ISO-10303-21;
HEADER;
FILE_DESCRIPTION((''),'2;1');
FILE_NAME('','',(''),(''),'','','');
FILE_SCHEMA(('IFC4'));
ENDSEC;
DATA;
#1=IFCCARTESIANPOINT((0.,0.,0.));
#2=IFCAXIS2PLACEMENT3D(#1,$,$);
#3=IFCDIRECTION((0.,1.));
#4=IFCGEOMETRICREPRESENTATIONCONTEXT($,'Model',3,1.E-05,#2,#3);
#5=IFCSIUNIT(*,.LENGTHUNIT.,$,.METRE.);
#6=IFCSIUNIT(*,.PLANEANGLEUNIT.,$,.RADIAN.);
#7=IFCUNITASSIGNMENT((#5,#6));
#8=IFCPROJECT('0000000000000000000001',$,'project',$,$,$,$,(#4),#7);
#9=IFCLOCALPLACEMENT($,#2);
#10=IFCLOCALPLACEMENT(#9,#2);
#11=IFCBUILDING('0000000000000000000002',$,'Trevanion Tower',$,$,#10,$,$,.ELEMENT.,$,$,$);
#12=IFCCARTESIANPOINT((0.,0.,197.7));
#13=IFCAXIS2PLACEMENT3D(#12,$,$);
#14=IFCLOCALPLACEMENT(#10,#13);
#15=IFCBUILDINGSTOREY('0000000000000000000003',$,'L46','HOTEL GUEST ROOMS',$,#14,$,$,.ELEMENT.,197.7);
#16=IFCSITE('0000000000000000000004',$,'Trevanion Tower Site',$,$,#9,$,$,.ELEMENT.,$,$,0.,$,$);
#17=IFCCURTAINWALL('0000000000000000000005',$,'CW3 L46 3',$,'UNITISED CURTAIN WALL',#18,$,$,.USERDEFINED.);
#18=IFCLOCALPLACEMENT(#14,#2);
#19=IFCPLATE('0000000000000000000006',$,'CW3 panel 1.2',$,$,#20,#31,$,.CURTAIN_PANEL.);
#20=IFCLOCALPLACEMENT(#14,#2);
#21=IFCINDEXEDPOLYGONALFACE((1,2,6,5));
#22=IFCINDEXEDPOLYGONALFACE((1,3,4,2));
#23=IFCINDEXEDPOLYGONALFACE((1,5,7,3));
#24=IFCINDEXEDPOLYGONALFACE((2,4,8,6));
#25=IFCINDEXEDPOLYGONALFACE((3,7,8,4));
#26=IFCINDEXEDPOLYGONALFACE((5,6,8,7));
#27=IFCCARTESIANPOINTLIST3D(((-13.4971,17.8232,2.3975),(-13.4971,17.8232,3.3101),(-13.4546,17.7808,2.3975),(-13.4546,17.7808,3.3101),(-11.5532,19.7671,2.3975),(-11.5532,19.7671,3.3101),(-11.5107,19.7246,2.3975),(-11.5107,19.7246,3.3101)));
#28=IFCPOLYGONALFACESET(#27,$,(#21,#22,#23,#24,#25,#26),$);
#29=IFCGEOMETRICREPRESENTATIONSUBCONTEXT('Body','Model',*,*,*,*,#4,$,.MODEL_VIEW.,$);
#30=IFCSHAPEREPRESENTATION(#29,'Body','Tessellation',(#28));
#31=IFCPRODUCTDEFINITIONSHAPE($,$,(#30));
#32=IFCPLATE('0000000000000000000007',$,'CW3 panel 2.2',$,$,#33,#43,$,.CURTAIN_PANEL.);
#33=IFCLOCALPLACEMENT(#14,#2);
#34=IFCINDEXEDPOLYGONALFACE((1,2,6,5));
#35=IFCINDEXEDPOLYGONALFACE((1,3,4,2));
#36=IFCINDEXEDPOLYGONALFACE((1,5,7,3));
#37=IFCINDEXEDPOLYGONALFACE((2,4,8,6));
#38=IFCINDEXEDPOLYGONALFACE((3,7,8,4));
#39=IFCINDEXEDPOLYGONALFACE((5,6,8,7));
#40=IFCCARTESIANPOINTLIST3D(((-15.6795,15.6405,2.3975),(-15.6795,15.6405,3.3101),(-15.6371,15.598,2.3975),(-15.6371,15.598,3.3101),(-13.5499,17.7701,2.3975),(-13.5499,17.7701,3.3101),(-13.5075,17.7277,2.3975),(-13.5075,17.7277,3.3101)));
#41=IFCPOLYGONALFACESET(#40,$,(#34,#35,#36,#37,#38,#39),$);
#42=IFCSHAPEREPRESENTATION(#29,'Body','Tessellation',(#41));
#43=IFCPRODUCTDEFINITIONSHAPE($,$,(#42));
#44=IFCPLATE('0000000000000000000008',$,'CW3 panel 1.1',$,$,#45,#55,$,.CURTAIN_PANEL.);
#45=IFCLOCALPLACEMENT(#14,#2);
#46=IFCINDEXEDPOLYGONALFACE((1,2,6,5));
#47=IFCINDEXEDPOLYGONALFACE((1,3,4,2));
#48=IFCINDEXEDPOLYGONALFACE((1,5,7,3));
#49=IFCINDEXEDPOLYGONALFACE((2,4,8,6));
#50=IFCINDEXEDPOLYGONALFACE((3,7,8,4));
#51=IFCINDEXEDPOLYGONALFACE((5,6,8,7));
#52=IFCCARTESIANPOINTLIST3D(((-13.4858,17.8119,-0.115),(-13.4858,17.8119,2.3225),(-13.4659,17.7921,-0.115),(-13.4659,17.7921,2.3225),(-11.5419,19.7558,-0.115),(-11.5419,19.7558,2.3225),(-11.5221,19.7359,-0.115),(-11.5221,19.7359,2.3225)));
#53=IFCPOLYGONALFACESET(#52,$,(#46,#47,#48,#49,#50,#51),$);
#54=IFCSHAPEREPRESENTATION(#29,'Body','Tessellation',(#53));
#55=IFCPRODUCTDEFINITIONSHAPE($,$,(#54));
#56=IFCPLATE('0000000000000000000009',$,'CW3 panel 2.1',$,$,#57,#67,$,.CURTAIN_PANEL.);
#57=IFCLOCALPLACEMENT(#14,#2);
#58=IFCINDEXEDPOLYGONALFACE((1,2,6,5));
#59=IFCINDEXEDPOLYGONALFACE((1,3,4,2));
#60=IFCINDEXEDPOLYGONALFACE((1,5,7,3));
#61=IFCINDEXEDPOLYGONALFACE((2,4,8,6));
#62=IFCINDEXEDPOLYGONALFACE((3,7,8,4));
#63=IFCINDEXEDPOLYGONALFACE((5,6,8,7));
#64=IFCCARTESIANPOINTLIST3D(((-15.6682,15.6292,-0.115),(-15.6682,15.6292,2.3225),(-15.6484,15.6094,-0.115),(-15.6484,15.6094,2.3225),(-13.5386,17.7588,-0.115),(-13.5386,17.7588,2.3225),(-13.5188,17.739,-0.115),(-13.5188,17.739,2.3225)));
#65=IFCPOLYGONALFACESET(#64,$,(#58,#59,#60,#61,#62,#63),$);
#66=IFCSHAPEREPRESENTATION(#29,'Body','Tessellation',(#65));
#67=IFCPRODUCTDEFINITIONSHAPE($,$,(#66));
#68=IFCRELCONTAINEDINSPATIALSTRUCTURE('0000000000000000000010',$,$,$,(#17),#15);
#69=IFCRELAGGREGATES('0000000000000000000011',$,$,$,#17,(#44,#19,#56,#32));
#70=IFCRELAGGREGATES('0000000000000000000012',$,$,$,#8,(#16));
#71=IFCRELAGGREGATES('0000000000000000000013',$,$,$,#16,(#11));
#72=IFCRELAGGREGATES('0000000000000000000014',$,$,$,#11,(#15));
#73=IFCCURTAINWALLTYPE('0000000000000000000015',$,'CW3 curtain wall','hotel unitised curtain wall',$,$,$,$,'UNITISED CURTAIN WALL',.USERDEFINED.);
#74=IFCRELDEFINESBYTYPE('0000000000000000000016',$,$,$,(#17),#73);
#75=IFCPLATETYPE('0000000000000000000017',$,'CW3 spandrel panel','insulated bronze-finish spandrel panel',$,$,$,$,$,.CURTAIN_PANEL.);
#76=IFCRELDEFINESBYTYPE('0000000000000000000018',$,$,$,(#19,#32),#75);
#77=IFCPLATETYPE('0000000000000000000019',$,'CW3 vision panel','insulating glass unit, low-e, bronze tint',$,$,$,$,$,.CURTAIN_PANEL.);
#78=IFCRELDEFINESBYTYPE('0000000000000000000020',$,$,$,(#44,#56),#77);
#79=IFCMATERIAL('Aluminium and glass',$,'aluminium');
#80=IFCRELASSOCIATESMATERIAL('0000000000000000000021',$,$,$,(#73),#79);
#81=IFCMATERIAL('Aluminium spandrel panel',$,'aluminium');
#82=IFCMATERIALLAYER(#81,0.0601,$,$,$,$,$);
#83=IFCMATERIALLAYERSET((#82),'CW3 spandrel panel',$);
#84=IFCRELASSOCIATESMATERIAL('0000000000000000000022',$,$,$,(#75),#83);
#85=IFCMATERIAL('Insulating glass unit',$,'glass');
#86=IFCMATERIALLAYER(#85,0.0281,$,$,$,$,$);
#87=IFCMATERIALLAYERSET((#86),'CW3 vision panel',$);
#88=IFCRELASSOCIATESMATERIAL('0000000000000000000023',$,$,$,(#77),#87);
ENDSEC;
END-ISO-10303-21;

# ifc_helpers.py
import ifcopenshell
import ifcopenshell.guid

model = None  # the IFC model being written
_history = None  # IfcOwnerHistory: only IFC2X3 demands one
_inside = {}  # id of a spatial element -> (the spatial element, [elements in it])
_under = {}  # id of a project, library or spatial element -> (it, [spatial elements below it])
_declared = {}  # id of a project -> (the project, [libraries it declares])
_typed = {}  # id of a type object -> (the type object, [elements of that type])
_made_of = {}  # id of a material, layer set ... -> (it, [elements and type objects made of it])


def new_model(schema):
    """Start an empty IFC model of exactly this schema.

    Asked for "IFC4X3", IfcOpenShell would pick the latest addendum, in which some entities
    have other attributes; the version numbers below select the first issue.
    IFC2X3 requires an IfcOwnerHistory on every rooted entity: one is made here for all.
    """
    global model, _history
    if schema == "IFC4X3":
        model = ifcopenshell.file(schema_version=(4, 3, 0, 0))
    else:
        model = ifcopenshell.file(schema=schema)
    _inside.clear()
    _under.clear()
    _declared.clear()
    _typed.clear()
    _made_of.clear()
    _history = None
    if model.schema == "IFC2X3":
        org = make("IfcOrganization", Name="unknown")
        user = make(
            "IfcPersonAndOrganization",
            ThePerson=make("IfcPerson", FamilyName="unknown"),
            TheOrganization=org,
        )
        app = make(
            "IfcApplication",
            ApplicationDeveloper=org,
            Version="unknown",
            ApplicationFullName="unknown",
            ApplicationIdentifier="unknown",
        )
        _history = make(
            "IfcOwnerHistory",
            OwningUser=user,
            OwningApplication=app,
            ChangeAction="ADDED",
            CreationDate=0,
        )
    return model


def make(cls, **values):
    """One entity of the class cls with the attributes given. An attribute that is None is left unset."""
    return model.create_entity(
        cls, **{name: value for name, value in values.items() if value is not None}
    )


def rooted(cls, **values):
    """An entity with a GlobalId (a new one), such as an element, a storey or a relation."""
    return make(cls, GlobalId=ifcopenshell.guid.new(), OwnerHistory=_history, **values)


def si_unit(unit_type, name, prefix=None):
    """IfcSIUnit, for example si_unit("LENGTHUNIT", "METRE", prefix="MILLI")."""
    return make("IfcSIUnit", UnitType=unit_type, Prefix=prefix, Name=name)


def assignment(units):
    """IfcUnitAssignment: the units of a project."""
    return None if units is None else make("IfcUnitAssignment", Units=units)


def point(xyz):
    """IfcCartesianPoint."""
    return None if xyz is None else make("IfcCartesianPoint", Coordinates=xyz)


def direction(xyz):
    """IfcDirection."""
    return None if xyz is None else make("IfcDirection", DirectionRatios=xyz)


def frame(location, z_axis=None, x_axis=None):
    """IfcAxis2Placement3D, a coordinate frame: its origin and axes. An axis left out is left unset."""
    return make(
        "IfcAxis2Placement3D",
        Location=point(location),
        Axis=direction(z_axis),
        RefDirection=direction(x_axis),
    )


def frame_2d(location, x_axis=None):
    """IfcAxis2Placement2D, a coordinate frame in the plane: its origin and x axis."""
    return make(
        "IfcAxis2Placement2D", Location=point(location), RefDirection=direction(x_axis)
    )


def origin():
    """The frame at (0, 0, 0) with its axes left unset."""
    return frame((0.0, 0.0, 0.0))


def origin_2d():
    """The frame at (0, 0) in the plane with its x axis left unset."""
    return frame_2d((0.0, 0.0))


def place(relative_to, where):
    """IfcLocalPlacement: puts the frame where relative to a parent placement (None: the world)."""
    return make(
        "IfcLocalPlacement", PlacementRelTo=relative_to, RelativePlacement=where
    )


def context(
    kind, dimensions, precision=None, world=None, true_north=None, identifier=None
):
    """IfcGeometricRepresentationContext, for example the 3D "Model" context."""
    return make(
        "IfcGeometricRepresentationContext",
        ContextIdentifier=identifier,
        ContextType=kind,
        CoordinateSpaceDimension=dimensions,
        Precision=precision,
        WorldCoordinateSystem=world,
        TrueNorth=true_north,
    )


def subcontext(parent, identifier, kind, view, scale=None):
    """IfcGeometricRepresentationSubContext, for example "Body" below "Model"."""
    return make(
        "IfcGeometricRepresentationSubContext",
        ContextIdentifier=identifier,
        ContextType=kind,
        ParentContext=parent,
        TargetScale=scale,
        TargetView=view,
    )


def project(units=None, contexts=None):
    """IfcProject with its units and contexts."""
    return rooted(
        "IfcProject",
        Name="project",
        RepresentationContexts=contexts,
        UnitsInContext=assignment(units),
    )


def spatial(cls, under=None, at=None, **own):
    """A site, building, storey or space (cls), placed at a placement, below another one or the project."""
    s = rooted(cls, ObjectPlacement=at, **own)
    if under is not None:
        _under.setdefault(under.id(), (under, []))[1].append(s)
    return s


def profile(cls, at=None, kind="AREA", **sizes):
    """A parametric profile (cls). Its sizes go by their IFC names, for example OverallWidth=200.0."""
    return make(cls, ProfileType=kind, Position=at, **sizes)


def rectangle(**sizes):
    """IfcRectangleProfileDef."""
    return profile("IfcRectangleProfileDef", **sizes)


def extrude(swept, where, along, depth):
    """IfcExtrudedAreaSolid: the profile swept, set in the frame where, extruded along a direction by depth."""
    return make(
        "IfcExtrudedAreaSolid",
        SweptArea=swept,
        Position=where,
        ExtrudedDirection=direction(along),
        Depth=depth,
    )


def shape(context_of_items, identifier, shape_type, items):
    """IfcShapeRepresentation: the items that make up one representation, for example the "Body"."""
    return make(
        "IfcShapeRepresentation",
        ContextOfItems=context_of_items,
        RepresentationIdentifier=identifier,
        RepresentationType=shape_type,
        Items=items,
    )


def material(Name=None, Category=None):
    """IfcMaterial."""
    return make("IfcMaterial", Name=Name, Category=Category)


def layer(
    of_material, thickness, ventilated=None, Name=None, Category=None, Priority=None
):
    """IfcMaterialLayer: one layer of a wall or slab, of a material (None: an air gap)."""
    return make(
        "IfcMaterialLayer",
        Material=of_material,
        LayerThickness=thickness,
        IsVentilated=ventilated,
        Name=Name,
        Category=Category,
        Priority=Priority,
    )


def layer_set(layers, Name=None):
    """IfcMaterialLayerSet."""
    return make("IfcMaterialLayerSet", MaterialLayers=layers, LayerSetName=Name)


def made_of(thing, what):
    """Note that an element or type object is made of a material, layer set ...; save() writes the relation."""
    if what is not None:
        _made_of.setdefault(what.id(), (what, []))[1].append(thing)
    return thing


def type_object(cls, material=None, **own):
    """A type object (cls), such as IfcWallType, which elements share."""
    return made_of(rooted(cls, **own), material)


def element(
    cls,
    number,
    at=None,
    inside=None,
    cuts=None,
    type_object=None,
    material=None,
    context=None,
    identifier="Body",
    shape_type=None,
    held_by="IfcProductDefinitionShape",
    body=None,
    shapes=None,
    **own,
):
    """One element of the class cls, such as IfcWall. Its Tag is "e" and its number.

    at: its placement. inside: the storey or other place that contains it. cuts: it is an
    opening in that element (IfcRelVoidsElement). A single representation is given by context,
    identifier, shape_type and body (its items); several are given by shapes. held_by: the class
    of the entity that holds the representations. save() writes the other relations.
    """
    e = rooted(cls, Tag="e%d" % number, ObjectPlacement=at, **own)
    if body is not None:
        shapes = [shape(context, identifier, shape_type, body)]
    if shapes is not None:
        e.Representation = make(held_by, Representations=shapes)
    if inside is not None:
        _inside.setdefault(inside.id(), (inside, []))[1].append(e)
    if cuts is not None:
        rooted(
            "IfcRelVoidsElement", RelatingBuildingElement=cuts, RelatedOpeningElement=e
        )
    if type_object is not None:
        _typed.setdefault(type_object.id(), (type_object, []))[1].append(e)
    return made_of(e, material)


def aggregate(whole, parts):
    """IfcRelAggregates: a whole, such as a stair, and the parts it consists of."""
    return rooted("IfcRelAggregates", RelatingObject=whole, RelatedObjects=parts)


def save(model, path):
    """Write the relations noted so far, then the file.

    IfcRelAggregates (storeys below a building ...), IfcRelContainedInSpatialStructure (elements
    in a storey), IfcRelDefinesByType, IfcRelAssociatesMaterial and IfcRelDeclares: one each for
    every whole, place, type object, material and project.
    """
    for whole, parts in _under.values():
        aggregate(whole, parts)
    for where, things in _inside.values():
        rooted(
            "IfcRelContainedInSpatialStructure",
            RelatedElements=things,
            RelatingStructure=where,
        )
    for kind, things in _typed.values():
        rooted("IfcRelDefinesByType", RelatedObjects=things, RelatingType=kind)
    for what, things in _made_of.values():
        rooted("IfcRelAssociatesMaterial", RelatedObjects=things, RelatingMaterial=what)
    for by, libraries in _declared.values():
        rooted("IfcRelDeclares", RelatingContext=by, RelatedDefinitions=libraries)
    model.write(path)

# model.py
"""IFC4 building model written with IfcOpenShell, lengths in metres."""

from ifc_helpers import new_model, si_unit, direction, frame, origin, origin_2d, place, context, subcontext, project, spatial, rectangle, extrude, material, layer, layer_set, type_object, element, aggregate, save


model = new_model("IFC4")

# Units and contexts
model_context = context("Model", 3, precision=1e-05, world=origin(), true_north=direction((0.0, 1.0)))
body_context = subcontext(model_context, "Body", "Model", "MODEL_VIEW")
ifc_project = project(units=[si_unit("LENGTHUNIT", "METRE"), si_unit("PLANEANGLEUNIT", "RADIAN")], contexts=[model_context])

# Site, building, storey
site_placement = place(None, origin())
site = spatial("IfcSite", under=ifc_project, at=site_placement, Name="Trevanion Tower Site", CompositionType="ELEMENT", RefElevation=0.0)
building_placement = place(site_placement, origin())
building = spatial("IfcBuilding", under=site, at=building_placement, Name="Trevanion Tower", CompositionType="ELEMENT")
storey_placement = place(building_placement, frame((0.0, 0.0, 197.7)))
storey = spatial("IfcBuildingStorey", under=building, at=storey_placement, Name="L46", Description="HOTEL GUEST ROOMS", CompositionType="ELEMENT", Elevation=197.7)

# Curtain wall
ifc_material_1 = material(Name="Aluminium and glass", Category="aluminium")
curtain_wall_type = type_object("IfcCurtainWallType", Name="CW3 curtain wall", Description="hotel unitised curtain wall", ElementType="UNITISED CURTAIN WALL", PredefinedType="USERDEFINED", material=ifc_material_1)
curtain_wall_1_placement = place(storey_placement, origin())
curtain_wall_1 = element("IfcCurtainWall", 1, at=curtain_wall_1_placement, inside=storey, type_object=curtain_wall_type, Name="CW3 L46 3", ObjectType="UNITISED CURTAIN WALL", PredefinedType="USERDEFINED")

# Plates
ifc_material_2 = material(Name="Aluminium spandrel panel", Category="aluminium")
ifc_layer_1 = layer(ifc_material_2, 0.0601)
ifc_layer_set_1 = layer_set([ifc_layer_1], Name="CW3 spandrel panel")
plate_type_1 = type_object("IfcPlateType", Name="CW3 spandrel panel", Description="insulated bronze-finish spandrel panel", PredefinedType="CURTAIN_PANEL", material=ifc_layer_set_1)
plate_1_placement = place(storey_placement, frame((-12.5039, 18.7739, 2.3975), z_axis=(0.0, 0.0, 1.0), x_axis=(-0.707107, -0.707107, 0.0)))
plate_1 = element("IfcPlate", 2, at=plate_1_placement, type_object=plate_type_1, Name="CW3 panel 1.2", PredefinedType="CURTAIN_PANEL", context=body_context, shape_type="SweptSolid", body=[
    extrude(rectangle(XDim=2.749, YDim=0.0601, at=origin_2d()), origin(), (0.0, 0.0, 1.0), 0.9126),
])
plate_2_placement = place(storey_placement, frame((-14.5935, 16.6841, 2.3975), z_axis=(0.0, 0.0, 1.0), x_axis=(-0.707107, -0.707107, 0.0)))
plate_2 = element("IfcPlate", 3, at=plate_2_placement, type_object=plate_type_1, Name="CW3 panel 2.2", PredefinedType="CURTAIN_PANEL", context=body_context, shape_type="SweptSolid", body=[
    extrude(rectangle(XDim=3.0117, YDim=0.0601, at=origin_2d()), origin(), (0.0, 0.0, 1.0), 0.9126),
])
ifc_material_3 = material(Name="Insulating glass unit", Category="glass")
ifc_layer_2 = layer(ifc_material_3, 0.0281)
ifc_layer_set_2 = layer_set([ifc_layer_2], Name="CW3 vision panel")
plate_type_2 = type_object("IfcPlateType", Name="CW3 vision panel", Description="insulating glass unit, low-e, bronze tint", PredefinedType="CURTAIN_PANEL", material=ifc_layer_set_2)
plate_3_placement = place(storey_placement, frame((-12.5039, 18.7739, -0.115), z_axis=(0.0, 0.0, 1.0), x_axis=(-0.707107, -0.707107, 0.0)))
plate_3 = element("IfcPlate", 4, at=plate_3_placement, type_object=plate_type_2, Name="CW3 panel 1.1", PredefinedType="CURTAIN_PANEL", context=body_context, shape_type="SweptSolid", body=[
    extrude(rectangle(XDim=2.749, YDim=0.0281, at=origin_2d()), origin(), (0.0, 0.0, 1.0), 2.4375),
])
plate_4_placement = place(storey_placement, frame((-14.5935, 16.6841, -0.115), z_axis=(0.0, 0.0, 1.0), x_axis=(-0.707107, -0.707107, 0.0)))
plate_4 = element("IfcPlate", 5, at=plate_4_placement, type_object=plate_type_2, Name="CW3 panel 2.1", PredefinedType="CURTAIN_PANEL", context=body_context, shape_type="SweptSolid", body=[
    extrude(rectangle(XDim=3.0117, YDim=0.0281, at=origin_2d()), origin(), (0.0, 0.0, 1.0), 2.4375),
])
aggregate(curtain_wall_1, [plate_3, plate_1, plate_4, plate_2])

save(model, "model.ifc")
